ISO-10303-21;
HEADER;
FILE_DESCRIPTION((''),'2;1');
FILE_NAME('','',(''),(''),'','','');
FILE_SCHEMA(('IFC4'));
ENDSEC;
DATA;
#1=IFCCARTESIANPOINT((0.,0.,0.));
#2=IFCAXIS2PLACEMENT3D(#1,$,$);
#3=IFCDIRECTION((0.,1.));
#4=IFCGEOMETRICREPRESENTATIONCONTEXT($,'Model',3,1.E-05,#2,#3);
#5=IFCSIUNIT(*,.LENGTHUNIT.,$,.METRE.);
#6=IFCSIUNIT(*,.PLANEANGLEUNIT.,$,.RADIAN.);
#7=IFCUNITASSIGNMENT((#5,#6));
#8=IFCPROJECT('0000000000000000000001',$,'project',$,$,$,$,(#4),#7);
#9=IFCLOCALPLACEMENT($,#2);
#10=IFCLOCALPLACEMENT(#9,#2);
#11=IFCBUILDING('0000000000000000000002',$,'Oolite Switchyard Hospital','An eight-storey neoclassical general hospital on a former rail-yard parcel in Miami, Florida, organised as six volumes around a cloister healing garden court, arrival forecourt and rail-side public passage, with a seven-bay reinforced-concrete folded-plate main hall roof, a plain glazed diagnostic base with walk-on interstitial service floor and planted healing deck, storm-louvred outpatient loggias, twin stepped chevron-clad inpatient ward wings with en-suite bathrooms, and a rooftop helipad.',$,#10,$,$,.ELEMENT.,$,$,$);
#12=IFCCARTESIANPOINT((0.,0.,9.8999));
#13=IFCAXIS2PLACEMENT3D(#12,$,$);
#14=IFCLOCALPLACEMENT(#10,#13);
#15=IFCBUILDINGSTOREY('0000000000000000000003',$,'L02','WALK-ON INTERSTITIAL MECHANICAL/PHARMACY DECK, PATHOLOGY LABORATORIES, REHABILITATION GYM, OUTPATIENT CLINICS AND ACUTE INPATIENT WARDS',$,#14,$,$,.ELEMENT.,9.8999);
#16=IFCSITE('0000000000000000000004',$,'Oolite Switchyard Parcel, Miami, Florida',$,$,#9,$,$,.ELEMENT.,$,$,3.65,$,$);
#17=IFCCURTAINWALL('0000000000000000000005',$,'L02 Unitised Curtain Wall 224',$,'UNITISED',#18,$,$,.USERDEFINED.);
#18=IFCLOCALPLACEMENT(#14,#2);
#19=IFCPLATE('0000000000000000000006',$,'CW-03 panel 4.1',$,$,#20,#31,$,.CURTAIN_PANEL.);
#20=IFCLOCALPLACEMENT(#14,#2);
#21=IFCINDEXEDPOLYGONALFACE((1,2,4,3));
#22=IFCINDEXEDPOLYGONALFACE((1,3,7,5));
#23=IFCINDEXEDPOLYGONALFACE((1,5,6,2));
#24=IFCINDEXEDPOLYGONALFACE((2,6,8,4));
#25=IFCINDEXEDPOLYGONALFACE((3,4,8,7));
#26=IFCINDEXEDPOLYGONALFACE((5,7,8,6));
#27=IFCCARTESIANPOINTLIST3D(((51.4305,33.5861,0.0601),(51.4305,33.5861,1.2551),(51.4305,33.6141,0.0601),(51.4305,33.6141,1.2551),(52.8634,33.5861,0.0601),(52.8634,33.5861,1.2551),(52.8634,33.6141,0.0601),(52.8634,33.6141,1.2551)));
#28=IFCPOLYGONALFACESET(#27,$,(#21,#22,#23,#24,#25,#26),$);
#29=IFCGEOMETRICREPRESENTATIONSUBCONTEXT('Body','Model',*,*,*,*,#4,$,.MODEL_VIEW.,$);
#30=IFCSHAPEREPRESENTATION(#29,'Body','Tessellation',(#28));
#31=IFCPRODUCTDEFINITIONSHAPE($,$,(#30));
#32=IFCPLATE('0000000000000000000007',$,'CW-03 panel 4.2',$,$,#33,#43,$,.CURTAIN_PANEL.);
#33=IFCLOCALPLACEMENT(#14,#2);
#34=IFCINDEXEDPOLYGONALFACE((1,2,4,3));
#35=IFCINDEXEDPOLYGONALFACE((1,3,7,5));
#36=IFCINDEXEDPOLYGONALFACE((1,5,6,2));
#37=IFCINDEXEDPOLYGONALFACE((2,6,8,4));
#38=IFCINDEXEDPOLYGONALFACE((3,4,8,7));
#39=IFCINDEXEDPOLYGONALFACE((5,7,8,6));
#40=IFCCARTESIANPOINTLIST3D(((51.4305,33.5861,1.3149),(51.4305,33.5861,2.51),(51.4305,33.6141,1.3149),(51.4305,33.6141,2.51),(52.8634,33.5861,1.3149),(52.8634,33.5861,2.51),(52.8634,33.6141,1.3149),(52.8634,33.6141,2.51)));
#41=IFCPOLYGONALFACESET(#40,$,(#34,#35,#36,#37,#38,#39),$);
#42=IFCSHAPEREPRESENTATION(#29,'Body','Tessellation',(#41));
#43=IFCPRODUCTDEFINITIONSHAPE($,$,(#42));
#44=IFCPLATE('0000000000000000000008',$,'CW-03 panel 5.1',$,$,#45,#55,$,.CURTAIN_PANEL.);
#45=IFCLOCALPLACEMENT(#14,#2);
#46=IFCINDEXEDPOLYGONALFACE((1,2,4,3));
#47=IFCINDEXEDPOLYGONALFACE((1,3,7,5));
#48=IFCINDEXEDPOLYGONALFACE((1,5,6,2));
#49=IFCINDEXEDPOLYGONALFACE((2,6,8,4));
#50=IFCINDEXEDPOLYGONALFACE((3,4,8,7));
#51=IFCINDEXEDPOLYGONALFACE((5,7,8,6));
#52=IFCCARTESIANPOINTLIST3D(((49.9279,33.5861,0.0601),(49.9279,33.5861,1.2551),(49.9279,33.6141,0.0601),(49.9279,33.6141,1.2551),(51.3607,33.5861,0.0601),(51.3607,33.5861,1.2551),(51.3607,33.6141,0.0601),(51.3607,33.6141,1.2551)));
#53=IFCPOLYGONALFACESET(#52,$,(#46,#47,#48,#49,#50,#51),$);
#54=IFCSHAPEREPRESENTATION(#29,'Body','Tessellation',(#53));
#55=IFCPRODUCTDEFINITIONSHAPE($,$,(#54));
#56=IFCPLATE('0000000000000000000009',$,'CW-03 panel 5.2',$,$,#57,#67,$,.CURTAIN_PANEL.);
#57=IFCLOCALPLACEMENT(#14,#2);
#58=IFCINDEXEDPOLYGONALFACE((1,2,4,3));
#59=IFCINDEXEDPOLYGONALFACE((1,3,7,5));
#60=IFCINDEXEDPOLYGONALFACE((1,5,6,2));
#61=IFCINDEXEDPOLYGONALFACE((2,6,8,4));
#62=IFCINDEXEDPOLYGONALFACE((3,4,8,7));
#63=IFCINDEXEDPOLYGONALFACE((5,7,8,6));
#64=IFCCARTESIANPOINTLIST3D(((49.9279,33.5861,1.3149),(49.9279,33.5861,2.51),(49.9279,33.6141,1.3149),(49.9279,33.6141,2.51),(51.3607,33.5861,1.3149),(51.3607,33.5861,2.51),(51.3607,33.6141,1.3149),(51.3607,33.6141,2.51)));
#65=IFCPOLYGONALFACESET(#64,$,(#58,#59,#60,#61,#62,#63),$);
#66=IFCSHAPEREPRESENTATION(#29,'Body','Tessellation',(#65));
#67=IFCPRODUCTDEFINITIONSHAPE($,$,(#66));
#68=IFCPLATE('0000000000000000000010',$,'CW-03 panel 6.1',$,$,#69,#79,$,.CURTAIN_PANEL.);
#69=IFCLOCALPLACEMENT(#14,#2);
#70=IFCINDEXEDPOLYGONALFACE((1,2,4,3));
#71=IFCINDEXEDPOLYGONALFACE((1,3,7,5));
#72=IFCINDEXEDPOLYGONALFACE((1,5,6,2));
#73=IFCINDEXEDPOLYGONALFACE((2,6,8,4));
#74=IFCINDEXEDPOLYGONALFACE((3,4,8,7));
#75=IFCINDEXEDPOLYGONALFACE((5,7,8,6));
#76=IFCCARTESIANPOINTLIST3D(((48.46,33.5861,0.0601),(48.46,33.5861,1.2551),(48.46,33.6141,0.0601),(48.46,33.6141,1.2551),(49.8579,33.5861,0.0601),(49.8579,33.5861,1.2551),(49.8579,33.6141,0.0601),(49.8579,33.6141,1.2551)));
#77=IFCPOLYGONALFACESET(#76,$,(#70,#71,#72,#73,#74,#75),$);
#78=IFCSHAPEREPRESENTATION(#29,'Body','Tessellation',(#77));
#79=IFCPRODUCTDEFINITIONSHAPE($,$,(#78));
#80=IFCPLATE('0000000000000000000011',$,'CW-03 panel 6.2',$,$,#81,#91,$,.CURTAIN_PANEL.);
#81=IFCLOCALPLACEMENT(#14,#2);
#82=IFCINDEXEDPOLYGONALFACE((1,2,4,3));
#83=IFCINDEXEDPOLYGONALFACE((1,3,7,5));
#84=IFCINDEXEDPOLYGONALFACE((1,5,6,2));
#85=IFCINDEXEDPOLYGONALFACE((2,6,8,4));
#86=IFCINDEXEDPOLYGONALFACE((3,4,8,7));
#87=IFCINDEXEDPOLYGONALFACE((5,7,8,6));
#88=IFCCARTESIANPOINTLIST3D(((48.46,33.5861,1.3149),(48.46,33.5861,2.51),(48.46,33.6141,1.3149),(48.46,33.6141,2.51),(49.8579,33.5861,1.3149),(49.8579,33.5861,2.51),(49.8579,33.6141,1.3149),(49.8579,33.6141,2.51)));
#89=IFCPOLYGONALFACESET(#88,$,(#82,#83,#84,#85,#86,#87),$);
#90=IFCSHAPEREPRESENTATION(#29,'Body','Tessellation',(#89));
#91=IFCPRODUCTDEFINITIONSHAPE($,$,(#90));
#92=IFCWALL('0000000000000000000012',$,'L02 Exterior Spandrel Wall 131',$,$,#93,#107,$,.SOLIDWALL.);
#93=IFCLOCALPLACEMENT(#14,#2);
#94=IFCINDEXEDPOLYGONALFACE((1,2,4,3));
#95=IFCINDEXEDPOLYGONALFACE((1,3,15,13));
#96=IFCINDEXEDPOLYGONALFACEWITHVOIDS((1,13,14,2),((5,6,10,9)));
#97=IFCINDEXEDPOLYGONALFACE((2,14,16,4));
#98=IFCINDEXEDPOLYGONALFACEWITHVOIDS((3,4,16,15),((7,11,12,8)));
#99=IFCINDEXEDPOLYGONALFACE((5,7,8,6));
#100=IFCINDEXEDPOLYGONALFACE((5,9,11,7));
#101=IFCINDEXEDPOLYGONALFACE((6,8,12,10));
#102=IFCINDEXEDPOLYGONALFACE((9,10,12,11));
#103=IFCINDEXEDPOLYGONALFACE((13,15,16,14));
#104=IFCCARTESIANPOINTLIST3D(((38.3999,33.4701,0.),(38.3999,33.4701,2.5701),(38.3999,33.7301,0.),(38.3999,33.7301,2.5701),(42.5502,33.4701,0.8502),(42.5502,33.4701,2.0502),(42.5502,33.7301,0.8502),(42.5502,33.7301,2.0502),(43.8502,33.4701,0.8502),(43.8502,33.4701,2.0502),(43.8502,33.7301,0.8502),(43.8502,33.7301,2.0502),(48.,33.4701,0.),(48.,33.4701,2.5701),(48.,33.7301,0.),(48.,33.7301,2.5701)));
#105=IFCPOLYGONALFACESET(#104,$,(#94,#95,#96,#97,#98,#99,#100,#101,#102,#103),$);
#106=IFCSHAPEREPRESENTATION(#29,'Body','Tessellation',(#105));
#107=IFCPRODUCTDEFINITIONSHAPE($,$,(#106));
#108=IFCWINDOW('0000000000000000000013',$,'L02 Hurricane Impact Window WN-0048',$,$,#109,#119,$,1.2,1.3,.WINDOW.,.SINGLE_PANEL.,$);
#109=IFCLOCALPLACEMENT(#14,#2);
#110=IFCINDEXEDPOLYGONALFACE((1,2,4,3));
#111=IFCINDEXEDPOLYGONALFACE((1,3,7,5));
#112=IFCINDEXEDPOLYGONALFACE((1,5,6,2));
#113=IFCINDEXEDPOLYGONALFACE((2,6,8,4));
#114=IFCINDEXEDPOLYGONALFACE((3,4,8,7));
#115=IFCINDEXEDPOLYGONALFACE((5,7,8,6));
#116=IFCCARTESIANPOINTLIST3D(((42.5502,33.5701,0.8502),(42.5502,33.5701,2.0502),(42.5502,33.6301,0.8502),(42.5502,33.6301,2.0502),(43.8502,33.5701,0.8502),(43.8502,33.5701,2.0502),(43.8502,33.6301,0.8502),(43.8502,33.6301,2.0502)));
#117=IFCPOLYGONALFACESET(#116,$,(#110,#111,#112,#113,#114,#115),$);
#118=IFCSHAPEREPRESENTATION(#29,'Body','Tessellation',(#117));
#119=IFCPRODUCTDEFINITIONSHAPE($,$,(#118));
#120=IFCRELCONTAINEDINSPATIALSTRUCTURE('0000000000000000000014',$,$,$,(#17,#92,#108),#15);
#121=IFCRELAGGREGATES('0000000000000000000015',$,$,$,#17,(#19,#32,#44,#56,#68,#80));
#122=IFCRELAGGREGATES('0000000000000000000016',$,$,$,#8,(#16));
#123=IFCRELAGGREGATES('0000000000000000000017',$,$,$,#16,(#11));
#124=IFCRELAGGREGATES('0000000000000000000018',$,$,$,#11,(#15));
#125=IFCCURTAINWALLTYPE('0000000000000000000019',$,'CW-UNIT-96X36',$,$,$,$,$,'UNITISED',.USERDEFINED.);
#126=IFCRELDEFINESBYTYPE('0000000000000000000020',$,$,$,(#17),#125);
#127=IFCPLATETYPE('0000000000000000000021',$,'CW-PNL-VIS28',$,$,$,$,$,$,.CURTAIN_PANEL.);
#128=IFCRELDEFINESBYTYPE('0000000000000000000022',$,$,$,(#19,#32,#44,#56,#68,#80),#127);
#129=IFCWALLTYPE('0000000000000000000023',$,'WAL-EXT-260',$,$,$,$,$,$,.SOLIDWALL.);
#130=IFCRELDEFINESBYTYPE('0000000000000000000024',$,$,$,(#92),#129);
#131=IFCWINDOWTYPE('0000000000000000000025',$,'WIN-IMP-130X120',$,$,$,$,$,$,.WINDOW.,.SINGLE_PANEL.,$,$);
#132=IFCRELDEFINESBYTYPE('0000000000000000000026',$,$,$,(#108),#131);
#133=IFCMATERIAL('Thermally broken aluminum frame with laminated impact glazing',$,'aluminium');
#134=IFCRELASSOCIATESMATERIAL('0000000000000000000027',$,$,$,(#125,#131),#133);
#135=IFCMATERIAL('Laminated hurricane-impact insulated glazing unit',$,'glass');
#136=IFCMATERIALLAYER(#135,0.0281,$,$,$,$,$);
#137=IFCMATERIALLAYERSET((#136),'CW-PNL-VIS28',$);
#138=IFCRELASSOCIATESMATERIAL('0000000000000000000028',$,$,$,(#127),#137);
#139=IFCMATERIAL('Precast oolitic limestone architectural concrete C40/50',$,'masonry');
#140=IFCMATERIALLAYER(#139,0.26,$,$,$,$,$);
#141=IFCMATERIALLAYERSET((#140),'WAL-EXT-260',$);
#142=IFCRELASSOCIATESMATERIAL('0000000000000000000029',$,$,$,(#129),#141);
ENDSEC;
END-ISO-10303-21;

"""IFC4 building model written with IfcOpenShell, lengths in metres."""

from ifc_helpers import new_model, si_unit, direction, frame, frame_2d, origin, origin_2d, place, context, subcontext, project, spatial, rectangle, extrude, material, layer, layer_set, type_object, element, fill, aggregate, save


model = new_model("IFC4")

# Units and contexts
model_context = context("Model", 3, precision=1e-05, world=origin(), true_north=direction((0.0, 1.0)))
body_context = subcontext(model_context, "Body", "Model", "MODEL_VIEW")
ifc_project = project(units=[si_unit("LENGTHUNIT", "METRE"), si_unit("PLANEANGLEUNIT", "RADIAN")], contexts=[model_context])

# Site, building, storey
site_placement = place(None, origin())
site = spatial("IfcSite", under=ifc_project, at=site_placement, Name="Oolite Switchyard Parcel, Miami, Florida", CompositionType="ELEMENT", RefElevation=3.65)
building_placement = place(site_placement, origin())
building = spatial("IfcBuilding", under=site, at=building_placement, Name="Oolite Switchyard Hospital", Description="An eight-storey neoclassical general hospital on a former rail-yard parcel in Miami, Florida, organised as six volumes around a cloister healing garden court, arrival forecourt and rail-side public passage, with a seven-bay reinforced-concrete folded-plate main hall roof, a plain glazed diagnostic base with walk-on interstitial service floor and planted healing deck, storm-louvred outpatient loggias, twin stepped chevron-clad inpatient ward wings with en-suite bathrooms, and a rooftop helipad.", CompositionType="ELEMENT")
storey_placement = place(building_placement, frame((0.0, 0.0, 9.8999)))
storey = spatial("IfcBuildingStorey", under=building, at=storey_placement, Name="L02", Description="WALK-ON INTERSTITIAL MECHANICAL/PHARMACY DECK, PATHOLOGY LABORATORIES, REHABILITATION GYM, OUTPATIENT CLINICS AND ACUTE INPATIENT WARDS", CompositionType="ELEMENT", Elevation=9.8999)

# Curtain wall, plates
ifc_material_1 = material(Name="Thermally broken aluminum frame with laminated impact glazing", Category="aluminium")
curtain_wall_type = type_object("IfcCurtainWallType", Name="CW-UNIT-96X36", ElementType="UNITISED", PredefinedType="USERDEFINED", material=ifc_material_1)
curtain_wall_placement = place(storey_placement, origin())
curtain_wall = element("IfcCurtainWall", 1, at=curtain_wall_placement, inside=storey, type_object=curtain_wall_type, Name="L02 Unitised Curtain Wall 224", ObjectType="UNITISED", PredefinedType="USERDEFINED")
ifc_material_2 = material(Name="Laminated hurricane-impact insulated glazing unit", Category="glass")
ifc_layer_1 = layer(ifc_material_2, 0.0281)
ifc_layer_set_1 = layer_set([ifc_layer_1], Name="CW-PNL-VIS28")
plate_type = type_object("IfcPlateType", Name="CW-PNL-VIS28", PredefinedType="CURTAIN_PANEL", material=ifc_layer_set_1)
plate_1_placement = place(storey_placement, frame((52.147, 33.6001, 0.0601), z_axis=(0.0, 0.0, 1.0), x_axis=(-1.0, 0.0, 0.0)))
plate_1 = element("IfcPlate", 2, at=plate_1_placement, type_object=plate_type, Name="CW-03 panel 4.1", PredefinedType="CURTAIN_PANEL", context=body_context, shape_type="SweptSolid", body=[
    extrude(rectangle(XDim=1.4329, YDim=0.0281, at=origin_2d()), origin(), (0.0, 0.0, 1.0), 1.1951),
])
plate_2_placement = place(storey_placement, frame((52.147, 33.6001, 1.3149), z_axis=(0.0, 0.0, 1.0), x_axis=(-1.0, 0.0, 0.0)))
plate_2 = element("IfcPlate", 3, at=plate_2_placement, type_object=plate_type, Name="CW-03 panel 4.2", PredefinedType="CURTAIN_PANEL", context=body_context, shape_type="SweptSolid", body=[
    extrude(rectangle(XDim=1.4329, YDim=0.0281, at=origin_2d()), origin(), (0.0, 0.0, 1.0), 1.1951),
])
plate_3_placement = place(storey_placement, frame((50.6443, 33.6001, 0.0601), z_axis=(0.0, 0.0, 1.0), x_axis=(-1.0, 0.0, 0.0)))
plate_3 = element("IfcPlate", 4, at=plate_3_placement, type_object=plate_type, Name="CW-03 panel 5.1", PredefinedType="CURTAIN_PANEL", context=body_context, shape_type="SweptSolid", body=[
    extrude(rectangle(XDim=1.4329, YDim=0.0281, at=origin_2d()), origin(), (0.0, 0.0, 1.0), 1.1951),
])
plate_4_placement = place(storey_placement, frame((50.6443, 33.6001, 1.3149), z_axis=(0.0, 0.0, 1.0), x_axis=(-1.0, 0.0, 0.0)))
plate_4 = element("IfcPlate", 5, at=plate_4_placement, type_object=plate_type, Name="CW-03 panel 5.2", PredefinedType="CURTAIN_PANEL", context=body_context, shape_type="SweptSolid", body=[
    extrude(rectangle(XDim=1.4329, YDim=0.0281, at=origin_2d()), origin(), (0.0, 0.0, 1.0), 1.1951),
])
plate_5_placement = place(storey_placement, frame((49.1589, 33.6001, 0.0601), z_axis=(0.0, 0.0, 1.0), x_axis=(-1.0, 0.0, 0.0)))
plate_5 = element("IfcPlate", 6, at=plate_5_placement, type_object=plate_type, Name="CW-03 panel 6.1", PredefinedType="CURTAIN_PANEL", context=body_context, shape_type="SweptSolid", body=[
    extrude(rectangle(XDim=1.3979, YDim=0.0281, at=origin_2d()), origin(), (0.0, 0.0, 1.0), 1.1951),
])
plate_6_placement = place(storey_placement, frame((49.1589, 33.6001, 1.3149), z_axis=(0.0, 0.0, 1.0), x_axis=(-1.0, 0.0, 0.0)))
plate_6 = element("IfcPlate", 7, at=plate_6_placement, type_object=plate_type, Name="CW-03 panel 6.2", PredefinedType="CURTAIN_PANEL", context=body_context, shape_type="SweptSolid", body=[
    extrude(rectangle(XDim=1.3979, YDim=0.0281, at=origin_2d()), origin(), (0.0, 0.0, 1.0), 1.1951),
])
aggregate(curtain_wall, [plate_1, plate_2, plate_3, plate_4, plate_5, plate_6])

# Wall, opening, window
ifc_material_3 = material(Name="Precast oolitic limestone architectural concrete C40/50", Category="masonry")
ifc_layer_2 = layer(ifc_material_3, 0.26)
ifc_layer_set_2 = layer_set([ifc_layer_2], Name="WAL-EXT-260")
wall_type = type_object("IfcWallType", Name="WAL-EXT-260", PredefinedType="SOLIDWALL", material=ifc_layer_set_2)
wall_placement = place(storey_placement, frame((48.0, 33.6001, 0.0), z_axis=(0.0, 0.0, 1.0), x_axis=(-1.0, 0.0, 0.0)))
wall = element("IfcWall", 8, at=wall_placement, inside=storey, type_object=wall_type, Name="L02 Exterior Spandrel Wall 131", PredefinedType="SOLIDWALL", context=body_context, shape_type="SweptSolid", body=[
    extrude(rectangle(XDim=9.6001, YDim=0.26, at=frame_2d((4.8, 0.0))), origin(), (0.0, 0.0, 1.0), 2.5701),
])
opening_placement = place(wall_placement, frame((4.1499, 0.0, 0.8501)))
opening = element("IfcOpeningElement", 9, at=opening_placement, cuts=wall, PredefinedType="OPENING", context=body_context, shape_type="SweptSolid", body=[
    extrude(rectangle(XDim=1.3, YDim=1.2, at=frame_2d((0.6499, 0.6001))), frame((0.0, 0.1401, 0.0), z_axis=(0.0, -1.0, 0.0), x_axis=(1.0, 0.0, 0.0)), (0.0, 0.0, 1.0), 0.28),
])
window_type = type_object("IfcWindowType", Name="WIN-IMP-130X120", PartitioningType="SINGLE_PANEL", PredefinedType="WINDOW", material=ifc_material_1)
window_placement = place(opening_placement, origin())
window = element("IfcWindow", 10, at=window_placement, inside=storey, type_object=window_type, Name="L02 Hurricane Impact Window WN-0048", OverallHeight=1.2, OverallWidth=1.3, PartitioningType="SINGLE_PANEL", PredefinedType="WINDOW", context=body_context, shape_type="SweptSolid", body=[
    extrude(rectangle(XDim=1.3, YDim=1.2, at=frame_2d((0.6499, 0.6001))), frame((0.0, 0.03, 0.0), z_axis=(0.0, -1.0, 0.0), x_axis=(1.0, 0.0, 0.0)), (0.0, 0.0, 1.0), 0.0601),
])
fill(opening, window)

save(model, "model.ifc")
